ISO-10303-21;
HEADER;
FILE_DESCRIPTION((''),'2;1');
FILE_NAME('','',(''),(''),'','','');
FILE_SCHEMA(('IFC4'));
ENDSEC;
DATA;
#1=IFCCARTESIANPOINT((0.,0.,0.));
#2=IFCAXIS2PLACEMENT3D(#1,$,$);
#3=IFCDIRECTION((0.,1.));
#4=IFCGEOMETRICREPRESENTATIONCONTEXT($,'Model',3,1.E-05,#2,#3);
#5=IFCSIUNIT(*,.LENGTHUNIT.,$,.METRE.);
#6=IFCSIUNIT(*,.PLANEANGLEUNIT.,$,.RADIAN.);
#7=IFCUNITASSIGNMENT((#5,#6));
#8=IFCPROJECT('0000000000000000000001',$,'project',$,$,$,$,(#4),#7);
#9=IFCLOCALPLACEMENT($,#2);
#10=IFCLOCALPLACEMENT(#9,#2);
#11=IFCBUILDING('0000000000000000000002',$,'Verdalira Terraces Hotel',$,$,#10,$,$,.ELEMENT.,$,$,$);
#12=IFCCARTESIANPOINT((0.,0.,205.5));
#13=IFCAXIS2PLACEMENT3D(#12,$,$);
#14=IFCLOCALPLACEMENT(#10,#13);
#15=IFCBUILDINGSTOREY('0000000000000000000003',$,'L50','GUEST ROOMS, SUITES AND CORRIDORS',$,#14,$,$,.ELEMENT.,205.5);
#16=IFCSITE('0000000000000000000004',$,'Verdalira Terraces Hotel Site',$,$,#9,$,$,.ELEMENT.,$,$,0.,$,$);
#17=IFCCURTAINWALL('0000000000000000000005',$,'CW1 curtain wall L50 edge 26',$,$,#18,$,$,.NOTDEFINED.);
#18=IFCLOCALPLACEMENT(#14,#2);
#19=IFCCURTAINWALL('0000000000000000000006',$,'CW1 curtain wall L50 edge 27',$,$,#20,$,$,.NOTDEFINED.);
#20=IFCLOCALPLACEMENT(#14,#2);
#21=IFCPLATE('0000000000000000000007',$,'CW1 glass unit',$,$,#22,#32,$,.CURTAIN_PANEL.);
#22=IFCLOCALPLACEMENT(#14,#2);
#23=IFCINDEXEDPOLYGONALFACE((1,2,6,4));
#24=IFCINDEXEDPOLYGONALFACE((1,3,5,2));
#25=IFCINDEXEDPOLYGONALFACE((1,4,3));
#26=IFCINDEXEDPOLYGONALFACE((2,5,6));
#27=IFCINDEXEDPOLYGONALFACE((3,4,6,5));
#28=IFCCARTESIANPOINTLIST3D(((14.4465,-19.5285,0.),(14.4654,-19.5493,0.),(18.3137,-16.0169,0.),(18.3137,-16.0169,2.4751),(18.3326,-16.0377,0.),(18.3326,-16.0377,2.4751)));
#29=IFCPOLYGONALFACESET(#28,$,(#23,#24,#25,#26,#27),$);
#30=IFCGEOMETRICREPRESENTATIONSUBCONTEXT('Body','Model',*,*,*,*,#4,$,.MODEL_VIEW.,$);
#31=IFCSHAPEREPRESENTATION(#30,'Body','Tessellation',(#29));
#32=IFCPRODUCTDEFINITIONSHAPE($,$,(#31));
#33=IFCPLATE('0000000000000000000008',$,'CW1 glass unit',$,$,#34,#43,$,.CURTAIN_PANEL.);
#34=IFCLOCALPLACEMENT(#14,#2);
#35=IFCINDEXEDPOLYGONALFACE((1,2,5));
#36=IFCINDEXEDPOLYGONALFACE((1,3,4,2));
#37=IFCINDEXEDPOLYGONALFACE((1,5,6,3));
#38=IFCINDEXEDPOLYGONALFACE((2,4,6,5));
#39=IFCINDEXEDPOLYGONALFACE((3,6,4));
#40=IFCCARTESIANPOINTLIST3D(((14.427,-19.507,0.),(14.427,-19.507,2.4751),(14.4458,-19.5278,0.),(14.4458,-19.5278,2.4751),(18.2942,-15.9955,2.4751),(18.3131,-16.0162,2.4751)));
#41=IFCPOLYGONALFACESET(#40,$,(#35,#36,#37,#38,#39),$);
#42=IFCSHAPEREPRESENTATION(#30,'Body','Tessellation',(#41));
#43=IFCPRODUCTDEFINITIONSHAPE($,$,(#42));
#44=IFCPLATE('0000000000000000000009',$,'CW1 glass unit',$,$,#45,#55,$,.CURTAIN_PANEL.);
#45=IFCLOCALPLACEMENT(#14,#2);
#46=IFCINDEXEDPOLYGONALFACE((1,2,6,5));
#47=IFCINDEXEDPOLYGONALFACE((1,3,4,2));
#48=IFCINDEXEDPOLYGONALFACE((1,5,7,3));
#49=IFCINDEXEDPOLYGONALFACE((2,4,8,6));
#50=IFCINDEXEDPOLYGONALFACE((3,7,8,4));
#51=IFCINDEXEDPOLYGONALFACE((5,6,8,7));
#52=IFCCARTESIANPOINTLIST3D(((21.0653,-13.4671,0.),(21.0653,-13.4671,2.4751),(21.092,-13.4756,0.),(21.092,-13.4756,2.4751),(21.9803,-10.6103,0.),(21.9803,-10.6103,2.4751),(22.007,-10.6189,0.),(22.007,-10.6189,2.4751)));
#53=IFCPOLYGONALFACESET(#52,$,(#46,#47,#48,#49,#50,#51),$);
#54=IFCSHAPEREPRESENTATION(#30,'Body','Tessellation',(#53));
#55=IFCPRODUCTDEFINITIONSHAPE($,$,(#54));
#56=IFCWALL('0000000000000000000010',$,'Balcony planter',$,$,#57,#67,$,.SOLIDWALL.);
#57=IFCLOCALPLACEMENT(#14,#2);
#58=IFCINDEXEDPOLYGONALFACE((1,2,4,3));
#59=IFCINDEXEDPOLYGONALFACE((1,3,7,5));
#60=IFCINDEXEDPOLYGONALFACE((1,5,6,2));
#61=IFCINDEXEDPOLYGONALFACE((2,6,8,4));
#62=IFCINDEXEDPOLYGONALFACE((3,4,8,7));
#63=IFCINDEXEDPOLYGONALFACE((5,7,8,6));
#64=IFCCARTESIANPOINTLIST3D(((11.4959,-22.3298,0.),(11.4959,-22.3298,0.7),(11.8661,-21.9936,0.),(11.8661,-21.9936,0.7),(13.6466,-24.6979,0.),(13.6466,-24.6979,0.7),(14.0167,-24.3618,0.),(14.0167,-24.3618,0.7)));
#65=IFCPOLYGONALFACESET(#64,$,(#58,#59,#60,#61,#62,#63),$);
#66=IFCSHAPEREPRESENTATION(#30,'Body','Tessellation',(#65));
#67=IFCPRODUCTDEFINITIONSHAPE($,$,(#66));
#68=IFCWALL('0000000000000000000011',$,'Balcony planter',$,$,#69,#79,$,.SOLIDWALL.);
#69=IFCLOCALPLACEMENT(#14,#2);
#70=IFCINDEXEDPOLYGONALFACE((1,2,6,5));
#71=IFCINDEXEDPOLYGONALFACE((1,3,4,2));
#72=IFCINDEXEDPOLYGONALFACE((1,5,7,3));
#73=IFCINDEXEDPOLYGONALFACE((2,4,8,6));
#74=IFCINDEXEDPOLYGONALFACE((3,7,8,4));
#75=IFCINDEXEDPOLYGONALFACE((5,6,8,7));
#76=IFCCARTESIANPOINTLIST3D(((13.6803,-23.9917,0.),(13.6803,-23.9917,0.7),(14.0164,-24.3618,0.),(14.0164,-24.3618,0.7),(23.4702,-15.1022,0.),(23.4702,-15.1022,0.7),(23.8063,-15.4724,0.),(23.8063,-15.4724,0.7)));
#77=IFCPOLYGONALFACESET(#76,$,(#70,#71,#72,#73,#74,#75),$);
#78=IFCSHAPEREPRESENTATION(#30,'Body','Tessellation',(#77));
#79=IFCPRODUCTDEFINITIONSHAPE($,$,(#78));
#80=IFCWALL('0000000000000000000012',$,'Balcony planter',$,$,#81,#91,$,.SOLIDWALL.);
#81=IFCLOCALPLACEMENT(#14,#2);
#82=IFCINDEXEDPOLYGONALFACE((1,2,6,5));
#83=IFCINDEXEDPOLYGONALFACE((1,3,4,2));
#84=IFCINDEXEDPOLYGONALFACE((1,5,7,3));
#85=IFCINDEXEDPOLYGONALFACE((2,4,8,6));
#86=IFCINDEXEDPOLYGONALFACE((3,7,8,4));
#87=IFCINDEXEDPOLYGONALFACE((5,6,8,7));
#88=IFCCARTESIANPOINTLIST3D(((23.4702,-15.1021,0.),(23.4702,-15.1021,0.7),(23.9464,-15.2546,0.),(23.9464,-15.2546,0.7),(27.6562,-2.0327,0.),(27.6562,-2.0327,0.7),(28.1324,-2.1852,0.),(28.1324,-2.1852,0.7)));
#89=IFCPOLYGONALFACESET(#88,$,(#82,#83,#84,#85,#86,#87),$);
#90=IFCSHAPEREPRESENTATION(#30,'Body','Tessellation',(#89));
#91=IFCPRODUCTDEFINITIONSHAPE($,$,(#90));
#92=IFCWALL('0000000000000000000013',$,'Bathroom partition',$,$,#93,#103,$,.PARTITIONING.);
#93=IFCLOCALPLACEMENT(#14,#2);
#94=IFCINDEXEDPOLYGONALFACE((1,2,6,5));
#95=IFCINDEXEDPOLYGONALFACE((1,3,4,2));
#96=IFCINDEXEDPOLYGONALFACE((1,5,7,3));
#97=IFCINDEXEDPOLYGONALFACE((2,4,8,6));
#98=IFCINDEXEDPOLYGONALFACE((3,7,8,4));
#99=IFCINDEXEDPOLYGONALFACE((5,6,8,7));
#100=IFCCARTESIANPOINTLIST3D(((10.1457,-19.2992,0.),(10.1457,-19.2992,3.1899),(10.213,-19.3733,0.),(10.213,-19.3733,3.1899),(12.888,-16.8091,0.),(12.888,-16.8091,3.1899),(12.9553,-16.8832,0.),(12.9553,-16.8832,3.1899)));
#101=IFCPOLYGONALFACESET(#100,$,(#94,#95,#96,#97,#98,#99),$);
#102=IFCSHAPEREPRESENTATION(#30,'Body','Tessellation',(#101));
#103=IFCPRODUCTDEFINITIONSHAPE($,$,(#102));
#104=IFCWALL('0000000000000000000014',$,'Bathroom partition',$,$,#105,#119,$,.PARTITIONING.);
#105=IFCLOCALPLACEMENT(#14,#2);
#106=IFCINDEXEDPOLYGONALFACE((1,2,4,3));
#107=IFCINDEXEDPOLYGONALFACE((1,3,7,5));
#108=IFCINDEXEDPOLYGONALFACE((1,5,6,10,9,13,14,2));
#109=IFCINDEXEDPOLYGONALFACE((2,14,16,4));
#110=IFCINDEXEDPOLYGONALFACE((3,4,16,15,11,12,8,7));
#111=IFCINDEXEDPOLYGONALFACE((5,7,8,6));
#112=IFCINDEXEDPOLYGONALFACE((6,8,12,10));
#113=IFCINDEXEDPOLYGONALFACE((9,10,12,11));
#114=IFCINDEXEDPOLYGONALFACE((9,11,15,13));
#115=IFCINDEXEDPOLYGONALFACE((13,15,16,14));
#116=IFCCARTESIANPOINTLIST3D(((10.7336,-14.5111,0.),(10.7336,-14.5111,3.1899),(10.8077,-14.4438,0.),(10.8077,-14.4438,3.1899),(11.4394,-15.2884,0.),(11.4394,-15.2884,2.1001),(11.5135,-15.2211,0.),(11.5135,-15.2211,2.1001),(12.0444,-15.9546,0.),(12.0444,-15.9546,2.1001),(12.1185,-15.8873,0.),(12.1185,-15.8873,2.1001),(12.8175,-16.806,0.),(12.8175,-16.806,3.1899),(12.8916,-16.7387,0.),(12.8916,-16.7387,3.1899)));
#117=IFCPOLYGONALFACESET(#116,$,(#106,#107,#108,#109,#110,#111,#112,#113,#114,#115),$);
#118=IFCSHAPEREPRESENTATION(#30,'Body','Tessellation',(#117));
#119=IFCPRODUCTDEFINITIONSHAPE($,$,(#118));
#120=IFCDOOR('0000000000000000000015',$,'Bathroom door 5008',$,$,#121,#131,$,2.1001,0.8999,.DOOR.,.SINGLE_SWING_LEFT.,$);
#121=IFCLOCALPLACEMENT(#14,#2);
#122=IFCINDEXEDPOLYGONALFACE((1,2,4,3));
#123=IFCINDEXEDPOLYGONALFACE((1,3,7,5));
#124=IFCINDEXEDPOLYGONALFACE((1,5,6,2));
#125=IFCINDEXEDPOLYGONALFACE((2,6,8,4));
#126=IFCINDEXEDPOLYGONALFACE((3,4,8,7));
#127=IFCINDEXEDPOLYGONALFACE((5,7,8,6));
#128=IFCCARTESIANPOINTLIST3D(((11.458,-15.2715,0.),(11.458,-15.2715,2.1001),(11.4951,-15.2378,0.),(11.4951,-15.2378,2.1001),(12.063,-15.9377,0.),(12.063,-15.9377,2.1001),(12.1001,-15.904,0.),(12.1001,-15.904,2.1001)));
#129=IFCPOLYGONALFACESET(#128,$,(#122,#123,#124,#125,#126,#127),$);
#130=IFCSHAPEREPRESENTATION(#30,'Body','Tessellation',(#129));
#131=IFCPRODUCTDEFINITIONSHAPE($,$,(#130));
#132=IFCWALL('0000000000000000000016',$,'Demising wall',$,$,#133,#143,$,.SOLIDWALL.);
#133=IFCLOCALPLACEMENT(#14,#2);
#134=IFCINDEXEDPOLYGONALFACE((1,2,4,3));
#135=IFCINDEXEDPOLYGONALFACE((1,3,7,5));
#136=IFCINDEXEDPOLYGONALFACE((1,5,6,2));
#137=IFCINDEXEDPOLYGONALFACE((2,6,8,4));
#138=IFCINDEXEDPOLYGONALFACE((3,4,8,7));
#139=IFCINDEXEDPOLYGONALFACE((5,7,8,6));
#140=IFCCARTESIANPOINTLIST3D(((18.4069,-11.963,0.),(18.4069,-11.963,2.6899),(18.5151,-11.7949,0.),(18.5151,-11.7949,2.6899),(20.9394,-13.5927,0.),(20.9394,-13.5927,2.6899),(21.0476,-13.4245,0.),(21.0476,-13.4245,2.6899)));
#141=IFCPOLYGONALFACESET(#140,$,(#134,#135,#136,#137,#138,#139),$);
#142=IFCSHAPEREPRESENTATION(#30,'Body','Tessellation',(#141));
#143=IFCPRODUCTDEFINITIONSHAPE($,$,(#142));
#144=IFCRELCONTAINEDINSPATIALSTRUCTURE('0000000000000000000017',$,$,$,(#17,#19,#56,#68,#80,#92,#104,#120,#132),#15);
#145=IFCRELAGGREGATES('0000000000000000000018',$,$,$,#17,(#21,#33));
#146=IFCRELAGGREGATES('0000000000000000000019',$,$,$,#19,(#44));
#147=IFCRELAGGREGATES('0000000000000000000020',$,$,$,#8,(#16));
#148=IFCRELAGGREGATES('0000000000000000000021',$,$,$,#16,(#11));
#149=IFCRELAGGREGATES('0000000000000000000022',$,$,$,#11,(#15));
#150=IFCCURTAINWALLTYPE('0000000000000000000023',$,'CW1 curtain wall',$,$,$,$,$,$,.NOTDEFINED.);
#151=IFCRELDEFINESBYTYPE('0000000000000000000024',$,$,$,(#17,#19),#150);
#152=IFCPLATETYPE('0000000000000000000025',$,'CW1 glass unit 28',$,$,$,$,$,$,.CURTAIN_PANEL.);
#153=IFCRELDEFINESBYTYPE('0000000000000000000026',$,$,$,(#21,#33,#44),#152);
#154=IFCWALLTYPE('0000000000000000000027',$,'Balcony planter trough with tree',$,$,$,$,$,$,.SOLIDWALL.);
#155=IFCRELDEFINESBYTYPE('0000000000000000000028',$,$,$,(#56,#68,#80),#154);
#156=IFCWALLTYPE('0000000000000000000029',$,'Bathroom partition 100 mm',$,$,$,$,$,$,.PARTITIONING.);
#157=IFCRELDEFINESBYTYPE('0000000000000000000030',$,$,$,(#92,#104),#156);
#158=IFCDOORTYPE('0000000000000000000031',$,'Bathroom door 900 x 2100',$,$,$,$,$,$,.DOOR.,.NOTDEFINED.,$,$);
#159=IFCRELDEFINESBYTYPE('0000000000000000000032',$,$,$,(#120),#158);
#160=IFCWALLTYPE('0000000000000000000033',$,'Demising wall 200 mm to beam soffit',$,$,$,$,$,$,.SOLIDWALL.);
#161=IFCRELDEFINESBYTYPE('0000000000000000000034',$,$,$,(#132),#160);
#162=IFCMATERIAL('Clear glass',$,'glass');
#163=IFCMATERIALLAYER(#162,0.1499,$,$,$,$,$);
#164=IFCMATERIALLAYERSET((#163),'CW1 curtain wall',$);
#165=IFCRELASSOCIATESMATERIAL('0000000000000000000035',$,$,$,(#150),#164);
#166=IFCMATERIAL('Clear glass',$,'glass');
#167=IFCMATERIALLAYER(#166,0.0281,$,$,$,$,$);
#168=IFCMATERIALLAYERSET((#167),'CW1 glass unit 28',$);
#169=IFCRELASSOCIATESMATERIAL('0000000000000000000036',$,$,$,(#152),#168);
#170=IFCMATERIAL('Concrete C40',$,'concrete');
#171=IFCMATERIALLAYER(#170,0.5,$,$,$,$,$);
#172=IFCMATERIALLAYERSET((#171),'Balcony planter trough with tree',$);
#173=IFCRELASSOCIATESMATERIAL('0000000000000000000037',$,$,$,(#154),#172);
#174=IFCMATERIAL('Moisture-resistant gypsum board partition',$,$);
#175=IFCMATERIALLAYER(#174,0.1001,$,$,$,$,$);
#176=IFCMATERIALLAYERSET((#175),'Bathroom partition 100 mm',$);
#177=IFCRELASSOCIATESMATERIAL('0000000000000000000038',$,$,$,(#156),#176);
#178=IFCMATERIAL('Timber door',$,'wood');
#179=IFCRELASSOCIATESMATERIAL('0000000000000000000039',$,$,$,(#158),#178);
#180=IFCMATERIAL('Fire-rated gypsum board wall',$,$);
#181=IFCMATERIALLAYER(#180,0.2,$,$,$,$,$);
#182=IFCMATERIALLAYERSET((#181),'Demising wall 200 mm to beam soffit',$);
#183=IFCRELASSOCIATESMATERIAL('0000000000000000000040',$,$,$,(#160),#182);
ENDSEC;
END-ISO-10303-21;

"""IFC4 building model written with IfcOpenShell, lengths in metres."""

from ifc_helpers import new_model, si_unit, direction, frame, frame_2d, origin, origin_2d, place, context, subcontext, project, spatial, polyline, rectangle, outline, extrude, material, layer, layer_set, type_object, element, fill, aggregate, save


model = new_model("IFC4")

# Units and contexts
model_context = context("Model", 3, precision=1e-05, world=origin(), true_north=direction((0.0, 1.0)))
body_context = subcontext(model_context, "Body", "Model", "MODEL_VIEW")
ifc_project = project(units=[si_unit("LENGTHUNIT", "METRE"), si_unit("PLANEANGLEUNIT", "RADIAN")], contexts=[model_context])

# Site, building, storey
site_placement = place(None, origin())
site = spatial("IfcSite", under=ifc_project, at=site_placement, Name="Verdalira Terraces Hotel Site", CompositionType="ELEMENT", RefElevation=0.0)
building_placement = place(site_placement, origin())
building = spatial("IfcBuilding", under=site, at=building_placement, Name="Verdalira Terraces Hotel", CompositionType="ELEMENT")
storey_placement = place(building_placement, frame((0.0, 0.0, 205.5)))
storey = spatial("IfcBuildingStorey", under=building, at=storey_placement, Name="L50", Description="GUEST ROOMS, SUITES AND CORRIDORS", CompositionType="ELEMENT", Elevation=205.5)

# Curtain wall
ifc_material_1 = material(Name="Clear glass", Category="glass")
ifc_layer_1 = layer(ifc_material_1, 0.1499)
ifc_layer_set_1 = layer_set([ifc_layer_1], Name="CW1 curtain wall")
curtain_wall_type = type_object("IfcCurtainWallType", Name="CW1 curtain wall", PredefinedType="NOTDEFINED", material=ifc_layer_set_1)
curtain_wall_1_placement = place(storey_placement, origin())
curtain_wall_1 = element("IfcCurtainWall", 1, at=curtain_wall_1_placement, inside=storey, type_object=curtain_wall_type, Name="CW1 curtain wall L50 edge 26", PredefinedType="NOTDEFINED")

# Curtain wall
curtain_wall_2_placement = place(storey_placement, origin())
curtain_wall_2 = element("IfcCurtainWall", 2, at=curtain_wall_2_placement, inside=storey, type_object=curtain_wall_type, Name="CW1 curtain wall L50 edge 27", PredefinedType="NOTDEFINED")

# Plates
ifc_material_2 = material(Name="Clear glass", Category="glass")
ifc_layer_2 = layer(ifc_material_2, 0.0281)
ifc_layer_set_2 = layer_set([ifc_layer_2], Name="CW1 glass unit 28")
plate_type = type_object("IfcPlateType", Name="CW1 glass unit 28", PredefinedType="CURTAIN_PANEL", material=ifc_layer_set_2)
plate_1_placement = place(storey_placement, frame((16.3801, -17.7727, 1.2375), z_axis=(0.672238, -0.740335, 0.0), x_axis=(0.740335, 0.672238, 0.0)))
plate_1 = element("IfcPlate", 3, at=plate_1_placement, type_object=plate_type, Name="CW1 glass unit", PredefinedType="CURTAIN_PANEL", context=body_context, shape_type="SweptSolid", body=[
    extrude(outline(polyline([(-2.6118, -1.2375), (2.6118, -1.2375), (2.6118, 1.2375), (-2.6118, -1.2375)])), origin(), (0.0, 0.0, 1.0), 0.0281),
])
plate_2_placement = place(storey_placement, frame((16.3606, -17.7512, 1.2375), z_axis=(0.672238, -0.740335, 0.0), x_axis=(0.740335, 0.672238, 0.0)))
plate_2 = element("IfcPlate", 4, at=plate_2_placement, type_object=plate_type, Name="CW1 glass unit", PredefinedType="CURTAIN_PANEL", context=body_context, shape_type="SweptSolid", body=[
    extrude(outline(polyline([(-2.6118, -1.2375), (2.6118, 1.2375), (-2.6118, 1.2375), (-2.6118, -1.2375)])), origin(), (0.0, 0.0, 1.0), 0.0281),
])
aggregate(curtain_wall_1, [plate_1, plate_2])
plate_3_placement = place(storey_placement, frame((21.5361, -12.043, 0.0), z_axis=(0.0, 0.0, 1.0), x_axis=(0.305031, 0.952343, 0.0)))
plate_3 = element("IfcPlate", 5, at=plate_3_placement, type_object=plate_type, Name="CW1 glass unit", PredefinedType="CURTAIN_PANEL", context=body_context, shape_type="SweptSolid", body=[
    extrude(rectangle(XDim=2.9998, YDim=0.0281, at=origin_2d()), origin(), (0.0, 0.0, 1.0), 2.4751),
])
aggregate(curtain_wall_2, [plate_3])

# Walls
ifc_material_3 = material(Name="Concrete C40", Category="concrete")
ifc_layer_3 = layer(ifc_material_3, 0.5)
ifc_layer_set_3 = layer_set([ifc_layer_3], Name="Balcony planter trough with tree")
wall_type_1 = type_object("IfcWallType", Name="Balcony planter trough with tree", PredefinedType="SOLIDWALL", material=ifc_layer_set_3)
wall_1_placement = place(storey_placement, frame((11.6809, -22.1616, 0.0), z_axis=(0.0, 0.0, 1.0), x_axis=(0.672289, -0.740289, 0.0)))
element("IfcWall", 6, at=wall_1_placement, inside=storey, type_object=wall_type_1, Name="Balcony planter", PredefinedType="SOLIDWALL", context=body_context, shape_type="SweptSolid", body=[
    extrude(rectangle(XDim=3.199, YDim=0.5, at=frame_2d((1.5996, 0.0))), origin(), (0.0, 0.0, 1.0), 0.7),
])
wall_2_placement = place(storey_placement, frame((13.8484, -24.1768, 0.0), z_axis=(0.0, 0.0, 1.0), x_axis=(0.740332, 0.672242, 0.0)))
element("IfcWall", 7, at=wall_2_placement, inside=storey, type_object=wall_type_1, Name="Balcony planter", PredefinedType="SOLIDWALL", context=body_context, shape_type="SweptSolid", body=[
    extrude(rectangle(XDim=13.2236, YDim=0.5, at=frame_2d((6.6118, 0.0))), origin(), (0.0, 0.0, 1.0), 0.7),
])
wall_3_placement = place(storey_placement, frame((23.7083, -15.1785, 0.0), z_axis=(0.0, 0.0, 1.0), x_axis=(0.30503, 0.952343, 0.0)))
element("IfcWall", 8, at=wall_3_placement, inside=storey, type_object=wall_type_1, Name="Balcony planter", PredefinedType="SOLIDWALL", context=body_context, shape_type="SweptSolid", body=[
    extrude(rectangle(XDim=13.7234, YDim=0.5, at=frame_2d((6.8618, 0.0))), origin(), (0.0, 0.0, 1.0), 0.7),
])
ifc_material_4 = material(Name="Moisture-resistant gypsum board partition")
ifc_layer_4 = layer(ifc_material_4, 0.1001)
ifc_layer_set_4 = layer_set([ifc_layer_4], Name="Bathroom partition 100 mm")
wall_type_2 = type_object("IfcWallType", Name="Bathroom partition 100 mm", PredefinedType="PARTITIONING", material=ifc_layer_set_4)
wall_4_placement = place(storey_placement, frame((12.9216, -16.8462, 0.0), z_axis=(0.0, 0.0, 1.0), x_axis=(-0.740331, -0.672243, 0.0)))
element("IfcWall", 9, at=wall_4_placement, inside=storey, type_object=wall_type_2, Name="Bathroom partition", PredefinedType="PARTITIONING", context=body_context, shape_type="SweptSolid", body=[
    extrude(rectangle(XDim=3.7041, YDim=0.1001, at=frame_2d((1.8521, 0.0))), origin(), (0.0, 0.0, 1.0), 3.1899),
])

# Wall, opening, door
wall_5_placement = place(storey_placement, frame((12.8545, -16.7722, 0.0), z_axis=(0.0, 0.0, 1.0), x_axis=(-0.672265, 0.740311, 0.0)))
wall_5 = element("IfcWall", 10, at=wall_5_placement, inside=storey, type_object=wall_type_2, Name="Bathroom partition", PredefinedType="PARTITIONING", context=body_context, shape_type="SweptSolid", body=[
    extrude(rectangle(XDim=3.0999, YDim=0.1001, at=frame_2d((1.5498, 0.0))), origin(), (0.0, 0.0, 1.0), 3.1899),
])
opening_1_placement = place(wall_5_placement, frame((1.1499, 0.0, 0.0)))
opening_1 = element("IfcOpeningElement", 11, at=opening_1_placement, cuts=wall_5, PredefinedType="OPENING", context=body_context, shape_type="SweptSolid", body=[
    extrude(rectangle(XDim=0.8999, YDim=2.1001, at=frame_2d((0.45, 1.05))), frame((0.0, 0.0601, 0.0), z_axis=(0.0, -1.0, 0.0), x_axis=(1.0, 0.0, 0.0)), (0.0, 0.0, 1.0), 0.1201),
])
ifc_material_5 = material(Name="Timber door", Category="wood")
door_type_1 = type_object("IfcDoorType", Name="Bathroom door 900 x 2100", OperationType="NOTDEFINED", PredefinedType="DOOR", material=ifc_material_5)
door_1_placement = place(opening_1_placement, origin())
door_1 = element("IfcDoor", 12, at=door_1_placement, inside=storey, type_object=door_type_1, Name="Bathroom door 5008", OperationType="SINGLE_SWING_LEFT", OverallHeight=2.1001, OverallWidth=0.8999, PredefinedType="DOOR", context=body_context, shape_type="SweptSolid", body=[
    extrude(rectangle(XDim=0.8999, YDim=2.1001, at=frame_2d((0.45, 1.05))), frame((0.0, 0.0249, 0.0), z_axis=(0.0, -1.0, 0.0), x_axis=(1.0, 0.0, 0.0)), (0.0, 0.0, 1.0), 0.05),
])
fill(opening_1, door_1)

# Wall
ifc_material_6 = material(Name="Fire-rated gypsum board wall")
ifc_layer_5 = layer(ifc_material_6, 0.2)
ifc_layer_set_5 = layer_set([ifc_layer_5], Name="Demising wall 200 mm to beam soffit")
wall_type_3 = type_object("IfcWallType", Name="Demising wall 200 mm to beam soffit", PredefinedType="SOLIDWALL", material=ifc_layer_set_5)
wall_6_placement = place(storey_placement, frame((18.4609, -11.8789, 0.0), z_axis=(0.0, 0.0, 1.0), x_axis=(0.840933, -0.541139, 0.0)))
element("IfcWall", 13, at=wall_6_placement, inside=storey, type_object=wall_type_3, Name="Demising wall", PredefinedType="SOLIDWALL", context=body_context, shape_type="SweptSolid", body=[
    extrude(rectangle(XDim=3.0115, YDim=0.2, at=frame_2d((1.5059, 0.0))), origin(), (0.0, 0.0, 1.0), 2.6899),
])

save(model, "model.ifc")
